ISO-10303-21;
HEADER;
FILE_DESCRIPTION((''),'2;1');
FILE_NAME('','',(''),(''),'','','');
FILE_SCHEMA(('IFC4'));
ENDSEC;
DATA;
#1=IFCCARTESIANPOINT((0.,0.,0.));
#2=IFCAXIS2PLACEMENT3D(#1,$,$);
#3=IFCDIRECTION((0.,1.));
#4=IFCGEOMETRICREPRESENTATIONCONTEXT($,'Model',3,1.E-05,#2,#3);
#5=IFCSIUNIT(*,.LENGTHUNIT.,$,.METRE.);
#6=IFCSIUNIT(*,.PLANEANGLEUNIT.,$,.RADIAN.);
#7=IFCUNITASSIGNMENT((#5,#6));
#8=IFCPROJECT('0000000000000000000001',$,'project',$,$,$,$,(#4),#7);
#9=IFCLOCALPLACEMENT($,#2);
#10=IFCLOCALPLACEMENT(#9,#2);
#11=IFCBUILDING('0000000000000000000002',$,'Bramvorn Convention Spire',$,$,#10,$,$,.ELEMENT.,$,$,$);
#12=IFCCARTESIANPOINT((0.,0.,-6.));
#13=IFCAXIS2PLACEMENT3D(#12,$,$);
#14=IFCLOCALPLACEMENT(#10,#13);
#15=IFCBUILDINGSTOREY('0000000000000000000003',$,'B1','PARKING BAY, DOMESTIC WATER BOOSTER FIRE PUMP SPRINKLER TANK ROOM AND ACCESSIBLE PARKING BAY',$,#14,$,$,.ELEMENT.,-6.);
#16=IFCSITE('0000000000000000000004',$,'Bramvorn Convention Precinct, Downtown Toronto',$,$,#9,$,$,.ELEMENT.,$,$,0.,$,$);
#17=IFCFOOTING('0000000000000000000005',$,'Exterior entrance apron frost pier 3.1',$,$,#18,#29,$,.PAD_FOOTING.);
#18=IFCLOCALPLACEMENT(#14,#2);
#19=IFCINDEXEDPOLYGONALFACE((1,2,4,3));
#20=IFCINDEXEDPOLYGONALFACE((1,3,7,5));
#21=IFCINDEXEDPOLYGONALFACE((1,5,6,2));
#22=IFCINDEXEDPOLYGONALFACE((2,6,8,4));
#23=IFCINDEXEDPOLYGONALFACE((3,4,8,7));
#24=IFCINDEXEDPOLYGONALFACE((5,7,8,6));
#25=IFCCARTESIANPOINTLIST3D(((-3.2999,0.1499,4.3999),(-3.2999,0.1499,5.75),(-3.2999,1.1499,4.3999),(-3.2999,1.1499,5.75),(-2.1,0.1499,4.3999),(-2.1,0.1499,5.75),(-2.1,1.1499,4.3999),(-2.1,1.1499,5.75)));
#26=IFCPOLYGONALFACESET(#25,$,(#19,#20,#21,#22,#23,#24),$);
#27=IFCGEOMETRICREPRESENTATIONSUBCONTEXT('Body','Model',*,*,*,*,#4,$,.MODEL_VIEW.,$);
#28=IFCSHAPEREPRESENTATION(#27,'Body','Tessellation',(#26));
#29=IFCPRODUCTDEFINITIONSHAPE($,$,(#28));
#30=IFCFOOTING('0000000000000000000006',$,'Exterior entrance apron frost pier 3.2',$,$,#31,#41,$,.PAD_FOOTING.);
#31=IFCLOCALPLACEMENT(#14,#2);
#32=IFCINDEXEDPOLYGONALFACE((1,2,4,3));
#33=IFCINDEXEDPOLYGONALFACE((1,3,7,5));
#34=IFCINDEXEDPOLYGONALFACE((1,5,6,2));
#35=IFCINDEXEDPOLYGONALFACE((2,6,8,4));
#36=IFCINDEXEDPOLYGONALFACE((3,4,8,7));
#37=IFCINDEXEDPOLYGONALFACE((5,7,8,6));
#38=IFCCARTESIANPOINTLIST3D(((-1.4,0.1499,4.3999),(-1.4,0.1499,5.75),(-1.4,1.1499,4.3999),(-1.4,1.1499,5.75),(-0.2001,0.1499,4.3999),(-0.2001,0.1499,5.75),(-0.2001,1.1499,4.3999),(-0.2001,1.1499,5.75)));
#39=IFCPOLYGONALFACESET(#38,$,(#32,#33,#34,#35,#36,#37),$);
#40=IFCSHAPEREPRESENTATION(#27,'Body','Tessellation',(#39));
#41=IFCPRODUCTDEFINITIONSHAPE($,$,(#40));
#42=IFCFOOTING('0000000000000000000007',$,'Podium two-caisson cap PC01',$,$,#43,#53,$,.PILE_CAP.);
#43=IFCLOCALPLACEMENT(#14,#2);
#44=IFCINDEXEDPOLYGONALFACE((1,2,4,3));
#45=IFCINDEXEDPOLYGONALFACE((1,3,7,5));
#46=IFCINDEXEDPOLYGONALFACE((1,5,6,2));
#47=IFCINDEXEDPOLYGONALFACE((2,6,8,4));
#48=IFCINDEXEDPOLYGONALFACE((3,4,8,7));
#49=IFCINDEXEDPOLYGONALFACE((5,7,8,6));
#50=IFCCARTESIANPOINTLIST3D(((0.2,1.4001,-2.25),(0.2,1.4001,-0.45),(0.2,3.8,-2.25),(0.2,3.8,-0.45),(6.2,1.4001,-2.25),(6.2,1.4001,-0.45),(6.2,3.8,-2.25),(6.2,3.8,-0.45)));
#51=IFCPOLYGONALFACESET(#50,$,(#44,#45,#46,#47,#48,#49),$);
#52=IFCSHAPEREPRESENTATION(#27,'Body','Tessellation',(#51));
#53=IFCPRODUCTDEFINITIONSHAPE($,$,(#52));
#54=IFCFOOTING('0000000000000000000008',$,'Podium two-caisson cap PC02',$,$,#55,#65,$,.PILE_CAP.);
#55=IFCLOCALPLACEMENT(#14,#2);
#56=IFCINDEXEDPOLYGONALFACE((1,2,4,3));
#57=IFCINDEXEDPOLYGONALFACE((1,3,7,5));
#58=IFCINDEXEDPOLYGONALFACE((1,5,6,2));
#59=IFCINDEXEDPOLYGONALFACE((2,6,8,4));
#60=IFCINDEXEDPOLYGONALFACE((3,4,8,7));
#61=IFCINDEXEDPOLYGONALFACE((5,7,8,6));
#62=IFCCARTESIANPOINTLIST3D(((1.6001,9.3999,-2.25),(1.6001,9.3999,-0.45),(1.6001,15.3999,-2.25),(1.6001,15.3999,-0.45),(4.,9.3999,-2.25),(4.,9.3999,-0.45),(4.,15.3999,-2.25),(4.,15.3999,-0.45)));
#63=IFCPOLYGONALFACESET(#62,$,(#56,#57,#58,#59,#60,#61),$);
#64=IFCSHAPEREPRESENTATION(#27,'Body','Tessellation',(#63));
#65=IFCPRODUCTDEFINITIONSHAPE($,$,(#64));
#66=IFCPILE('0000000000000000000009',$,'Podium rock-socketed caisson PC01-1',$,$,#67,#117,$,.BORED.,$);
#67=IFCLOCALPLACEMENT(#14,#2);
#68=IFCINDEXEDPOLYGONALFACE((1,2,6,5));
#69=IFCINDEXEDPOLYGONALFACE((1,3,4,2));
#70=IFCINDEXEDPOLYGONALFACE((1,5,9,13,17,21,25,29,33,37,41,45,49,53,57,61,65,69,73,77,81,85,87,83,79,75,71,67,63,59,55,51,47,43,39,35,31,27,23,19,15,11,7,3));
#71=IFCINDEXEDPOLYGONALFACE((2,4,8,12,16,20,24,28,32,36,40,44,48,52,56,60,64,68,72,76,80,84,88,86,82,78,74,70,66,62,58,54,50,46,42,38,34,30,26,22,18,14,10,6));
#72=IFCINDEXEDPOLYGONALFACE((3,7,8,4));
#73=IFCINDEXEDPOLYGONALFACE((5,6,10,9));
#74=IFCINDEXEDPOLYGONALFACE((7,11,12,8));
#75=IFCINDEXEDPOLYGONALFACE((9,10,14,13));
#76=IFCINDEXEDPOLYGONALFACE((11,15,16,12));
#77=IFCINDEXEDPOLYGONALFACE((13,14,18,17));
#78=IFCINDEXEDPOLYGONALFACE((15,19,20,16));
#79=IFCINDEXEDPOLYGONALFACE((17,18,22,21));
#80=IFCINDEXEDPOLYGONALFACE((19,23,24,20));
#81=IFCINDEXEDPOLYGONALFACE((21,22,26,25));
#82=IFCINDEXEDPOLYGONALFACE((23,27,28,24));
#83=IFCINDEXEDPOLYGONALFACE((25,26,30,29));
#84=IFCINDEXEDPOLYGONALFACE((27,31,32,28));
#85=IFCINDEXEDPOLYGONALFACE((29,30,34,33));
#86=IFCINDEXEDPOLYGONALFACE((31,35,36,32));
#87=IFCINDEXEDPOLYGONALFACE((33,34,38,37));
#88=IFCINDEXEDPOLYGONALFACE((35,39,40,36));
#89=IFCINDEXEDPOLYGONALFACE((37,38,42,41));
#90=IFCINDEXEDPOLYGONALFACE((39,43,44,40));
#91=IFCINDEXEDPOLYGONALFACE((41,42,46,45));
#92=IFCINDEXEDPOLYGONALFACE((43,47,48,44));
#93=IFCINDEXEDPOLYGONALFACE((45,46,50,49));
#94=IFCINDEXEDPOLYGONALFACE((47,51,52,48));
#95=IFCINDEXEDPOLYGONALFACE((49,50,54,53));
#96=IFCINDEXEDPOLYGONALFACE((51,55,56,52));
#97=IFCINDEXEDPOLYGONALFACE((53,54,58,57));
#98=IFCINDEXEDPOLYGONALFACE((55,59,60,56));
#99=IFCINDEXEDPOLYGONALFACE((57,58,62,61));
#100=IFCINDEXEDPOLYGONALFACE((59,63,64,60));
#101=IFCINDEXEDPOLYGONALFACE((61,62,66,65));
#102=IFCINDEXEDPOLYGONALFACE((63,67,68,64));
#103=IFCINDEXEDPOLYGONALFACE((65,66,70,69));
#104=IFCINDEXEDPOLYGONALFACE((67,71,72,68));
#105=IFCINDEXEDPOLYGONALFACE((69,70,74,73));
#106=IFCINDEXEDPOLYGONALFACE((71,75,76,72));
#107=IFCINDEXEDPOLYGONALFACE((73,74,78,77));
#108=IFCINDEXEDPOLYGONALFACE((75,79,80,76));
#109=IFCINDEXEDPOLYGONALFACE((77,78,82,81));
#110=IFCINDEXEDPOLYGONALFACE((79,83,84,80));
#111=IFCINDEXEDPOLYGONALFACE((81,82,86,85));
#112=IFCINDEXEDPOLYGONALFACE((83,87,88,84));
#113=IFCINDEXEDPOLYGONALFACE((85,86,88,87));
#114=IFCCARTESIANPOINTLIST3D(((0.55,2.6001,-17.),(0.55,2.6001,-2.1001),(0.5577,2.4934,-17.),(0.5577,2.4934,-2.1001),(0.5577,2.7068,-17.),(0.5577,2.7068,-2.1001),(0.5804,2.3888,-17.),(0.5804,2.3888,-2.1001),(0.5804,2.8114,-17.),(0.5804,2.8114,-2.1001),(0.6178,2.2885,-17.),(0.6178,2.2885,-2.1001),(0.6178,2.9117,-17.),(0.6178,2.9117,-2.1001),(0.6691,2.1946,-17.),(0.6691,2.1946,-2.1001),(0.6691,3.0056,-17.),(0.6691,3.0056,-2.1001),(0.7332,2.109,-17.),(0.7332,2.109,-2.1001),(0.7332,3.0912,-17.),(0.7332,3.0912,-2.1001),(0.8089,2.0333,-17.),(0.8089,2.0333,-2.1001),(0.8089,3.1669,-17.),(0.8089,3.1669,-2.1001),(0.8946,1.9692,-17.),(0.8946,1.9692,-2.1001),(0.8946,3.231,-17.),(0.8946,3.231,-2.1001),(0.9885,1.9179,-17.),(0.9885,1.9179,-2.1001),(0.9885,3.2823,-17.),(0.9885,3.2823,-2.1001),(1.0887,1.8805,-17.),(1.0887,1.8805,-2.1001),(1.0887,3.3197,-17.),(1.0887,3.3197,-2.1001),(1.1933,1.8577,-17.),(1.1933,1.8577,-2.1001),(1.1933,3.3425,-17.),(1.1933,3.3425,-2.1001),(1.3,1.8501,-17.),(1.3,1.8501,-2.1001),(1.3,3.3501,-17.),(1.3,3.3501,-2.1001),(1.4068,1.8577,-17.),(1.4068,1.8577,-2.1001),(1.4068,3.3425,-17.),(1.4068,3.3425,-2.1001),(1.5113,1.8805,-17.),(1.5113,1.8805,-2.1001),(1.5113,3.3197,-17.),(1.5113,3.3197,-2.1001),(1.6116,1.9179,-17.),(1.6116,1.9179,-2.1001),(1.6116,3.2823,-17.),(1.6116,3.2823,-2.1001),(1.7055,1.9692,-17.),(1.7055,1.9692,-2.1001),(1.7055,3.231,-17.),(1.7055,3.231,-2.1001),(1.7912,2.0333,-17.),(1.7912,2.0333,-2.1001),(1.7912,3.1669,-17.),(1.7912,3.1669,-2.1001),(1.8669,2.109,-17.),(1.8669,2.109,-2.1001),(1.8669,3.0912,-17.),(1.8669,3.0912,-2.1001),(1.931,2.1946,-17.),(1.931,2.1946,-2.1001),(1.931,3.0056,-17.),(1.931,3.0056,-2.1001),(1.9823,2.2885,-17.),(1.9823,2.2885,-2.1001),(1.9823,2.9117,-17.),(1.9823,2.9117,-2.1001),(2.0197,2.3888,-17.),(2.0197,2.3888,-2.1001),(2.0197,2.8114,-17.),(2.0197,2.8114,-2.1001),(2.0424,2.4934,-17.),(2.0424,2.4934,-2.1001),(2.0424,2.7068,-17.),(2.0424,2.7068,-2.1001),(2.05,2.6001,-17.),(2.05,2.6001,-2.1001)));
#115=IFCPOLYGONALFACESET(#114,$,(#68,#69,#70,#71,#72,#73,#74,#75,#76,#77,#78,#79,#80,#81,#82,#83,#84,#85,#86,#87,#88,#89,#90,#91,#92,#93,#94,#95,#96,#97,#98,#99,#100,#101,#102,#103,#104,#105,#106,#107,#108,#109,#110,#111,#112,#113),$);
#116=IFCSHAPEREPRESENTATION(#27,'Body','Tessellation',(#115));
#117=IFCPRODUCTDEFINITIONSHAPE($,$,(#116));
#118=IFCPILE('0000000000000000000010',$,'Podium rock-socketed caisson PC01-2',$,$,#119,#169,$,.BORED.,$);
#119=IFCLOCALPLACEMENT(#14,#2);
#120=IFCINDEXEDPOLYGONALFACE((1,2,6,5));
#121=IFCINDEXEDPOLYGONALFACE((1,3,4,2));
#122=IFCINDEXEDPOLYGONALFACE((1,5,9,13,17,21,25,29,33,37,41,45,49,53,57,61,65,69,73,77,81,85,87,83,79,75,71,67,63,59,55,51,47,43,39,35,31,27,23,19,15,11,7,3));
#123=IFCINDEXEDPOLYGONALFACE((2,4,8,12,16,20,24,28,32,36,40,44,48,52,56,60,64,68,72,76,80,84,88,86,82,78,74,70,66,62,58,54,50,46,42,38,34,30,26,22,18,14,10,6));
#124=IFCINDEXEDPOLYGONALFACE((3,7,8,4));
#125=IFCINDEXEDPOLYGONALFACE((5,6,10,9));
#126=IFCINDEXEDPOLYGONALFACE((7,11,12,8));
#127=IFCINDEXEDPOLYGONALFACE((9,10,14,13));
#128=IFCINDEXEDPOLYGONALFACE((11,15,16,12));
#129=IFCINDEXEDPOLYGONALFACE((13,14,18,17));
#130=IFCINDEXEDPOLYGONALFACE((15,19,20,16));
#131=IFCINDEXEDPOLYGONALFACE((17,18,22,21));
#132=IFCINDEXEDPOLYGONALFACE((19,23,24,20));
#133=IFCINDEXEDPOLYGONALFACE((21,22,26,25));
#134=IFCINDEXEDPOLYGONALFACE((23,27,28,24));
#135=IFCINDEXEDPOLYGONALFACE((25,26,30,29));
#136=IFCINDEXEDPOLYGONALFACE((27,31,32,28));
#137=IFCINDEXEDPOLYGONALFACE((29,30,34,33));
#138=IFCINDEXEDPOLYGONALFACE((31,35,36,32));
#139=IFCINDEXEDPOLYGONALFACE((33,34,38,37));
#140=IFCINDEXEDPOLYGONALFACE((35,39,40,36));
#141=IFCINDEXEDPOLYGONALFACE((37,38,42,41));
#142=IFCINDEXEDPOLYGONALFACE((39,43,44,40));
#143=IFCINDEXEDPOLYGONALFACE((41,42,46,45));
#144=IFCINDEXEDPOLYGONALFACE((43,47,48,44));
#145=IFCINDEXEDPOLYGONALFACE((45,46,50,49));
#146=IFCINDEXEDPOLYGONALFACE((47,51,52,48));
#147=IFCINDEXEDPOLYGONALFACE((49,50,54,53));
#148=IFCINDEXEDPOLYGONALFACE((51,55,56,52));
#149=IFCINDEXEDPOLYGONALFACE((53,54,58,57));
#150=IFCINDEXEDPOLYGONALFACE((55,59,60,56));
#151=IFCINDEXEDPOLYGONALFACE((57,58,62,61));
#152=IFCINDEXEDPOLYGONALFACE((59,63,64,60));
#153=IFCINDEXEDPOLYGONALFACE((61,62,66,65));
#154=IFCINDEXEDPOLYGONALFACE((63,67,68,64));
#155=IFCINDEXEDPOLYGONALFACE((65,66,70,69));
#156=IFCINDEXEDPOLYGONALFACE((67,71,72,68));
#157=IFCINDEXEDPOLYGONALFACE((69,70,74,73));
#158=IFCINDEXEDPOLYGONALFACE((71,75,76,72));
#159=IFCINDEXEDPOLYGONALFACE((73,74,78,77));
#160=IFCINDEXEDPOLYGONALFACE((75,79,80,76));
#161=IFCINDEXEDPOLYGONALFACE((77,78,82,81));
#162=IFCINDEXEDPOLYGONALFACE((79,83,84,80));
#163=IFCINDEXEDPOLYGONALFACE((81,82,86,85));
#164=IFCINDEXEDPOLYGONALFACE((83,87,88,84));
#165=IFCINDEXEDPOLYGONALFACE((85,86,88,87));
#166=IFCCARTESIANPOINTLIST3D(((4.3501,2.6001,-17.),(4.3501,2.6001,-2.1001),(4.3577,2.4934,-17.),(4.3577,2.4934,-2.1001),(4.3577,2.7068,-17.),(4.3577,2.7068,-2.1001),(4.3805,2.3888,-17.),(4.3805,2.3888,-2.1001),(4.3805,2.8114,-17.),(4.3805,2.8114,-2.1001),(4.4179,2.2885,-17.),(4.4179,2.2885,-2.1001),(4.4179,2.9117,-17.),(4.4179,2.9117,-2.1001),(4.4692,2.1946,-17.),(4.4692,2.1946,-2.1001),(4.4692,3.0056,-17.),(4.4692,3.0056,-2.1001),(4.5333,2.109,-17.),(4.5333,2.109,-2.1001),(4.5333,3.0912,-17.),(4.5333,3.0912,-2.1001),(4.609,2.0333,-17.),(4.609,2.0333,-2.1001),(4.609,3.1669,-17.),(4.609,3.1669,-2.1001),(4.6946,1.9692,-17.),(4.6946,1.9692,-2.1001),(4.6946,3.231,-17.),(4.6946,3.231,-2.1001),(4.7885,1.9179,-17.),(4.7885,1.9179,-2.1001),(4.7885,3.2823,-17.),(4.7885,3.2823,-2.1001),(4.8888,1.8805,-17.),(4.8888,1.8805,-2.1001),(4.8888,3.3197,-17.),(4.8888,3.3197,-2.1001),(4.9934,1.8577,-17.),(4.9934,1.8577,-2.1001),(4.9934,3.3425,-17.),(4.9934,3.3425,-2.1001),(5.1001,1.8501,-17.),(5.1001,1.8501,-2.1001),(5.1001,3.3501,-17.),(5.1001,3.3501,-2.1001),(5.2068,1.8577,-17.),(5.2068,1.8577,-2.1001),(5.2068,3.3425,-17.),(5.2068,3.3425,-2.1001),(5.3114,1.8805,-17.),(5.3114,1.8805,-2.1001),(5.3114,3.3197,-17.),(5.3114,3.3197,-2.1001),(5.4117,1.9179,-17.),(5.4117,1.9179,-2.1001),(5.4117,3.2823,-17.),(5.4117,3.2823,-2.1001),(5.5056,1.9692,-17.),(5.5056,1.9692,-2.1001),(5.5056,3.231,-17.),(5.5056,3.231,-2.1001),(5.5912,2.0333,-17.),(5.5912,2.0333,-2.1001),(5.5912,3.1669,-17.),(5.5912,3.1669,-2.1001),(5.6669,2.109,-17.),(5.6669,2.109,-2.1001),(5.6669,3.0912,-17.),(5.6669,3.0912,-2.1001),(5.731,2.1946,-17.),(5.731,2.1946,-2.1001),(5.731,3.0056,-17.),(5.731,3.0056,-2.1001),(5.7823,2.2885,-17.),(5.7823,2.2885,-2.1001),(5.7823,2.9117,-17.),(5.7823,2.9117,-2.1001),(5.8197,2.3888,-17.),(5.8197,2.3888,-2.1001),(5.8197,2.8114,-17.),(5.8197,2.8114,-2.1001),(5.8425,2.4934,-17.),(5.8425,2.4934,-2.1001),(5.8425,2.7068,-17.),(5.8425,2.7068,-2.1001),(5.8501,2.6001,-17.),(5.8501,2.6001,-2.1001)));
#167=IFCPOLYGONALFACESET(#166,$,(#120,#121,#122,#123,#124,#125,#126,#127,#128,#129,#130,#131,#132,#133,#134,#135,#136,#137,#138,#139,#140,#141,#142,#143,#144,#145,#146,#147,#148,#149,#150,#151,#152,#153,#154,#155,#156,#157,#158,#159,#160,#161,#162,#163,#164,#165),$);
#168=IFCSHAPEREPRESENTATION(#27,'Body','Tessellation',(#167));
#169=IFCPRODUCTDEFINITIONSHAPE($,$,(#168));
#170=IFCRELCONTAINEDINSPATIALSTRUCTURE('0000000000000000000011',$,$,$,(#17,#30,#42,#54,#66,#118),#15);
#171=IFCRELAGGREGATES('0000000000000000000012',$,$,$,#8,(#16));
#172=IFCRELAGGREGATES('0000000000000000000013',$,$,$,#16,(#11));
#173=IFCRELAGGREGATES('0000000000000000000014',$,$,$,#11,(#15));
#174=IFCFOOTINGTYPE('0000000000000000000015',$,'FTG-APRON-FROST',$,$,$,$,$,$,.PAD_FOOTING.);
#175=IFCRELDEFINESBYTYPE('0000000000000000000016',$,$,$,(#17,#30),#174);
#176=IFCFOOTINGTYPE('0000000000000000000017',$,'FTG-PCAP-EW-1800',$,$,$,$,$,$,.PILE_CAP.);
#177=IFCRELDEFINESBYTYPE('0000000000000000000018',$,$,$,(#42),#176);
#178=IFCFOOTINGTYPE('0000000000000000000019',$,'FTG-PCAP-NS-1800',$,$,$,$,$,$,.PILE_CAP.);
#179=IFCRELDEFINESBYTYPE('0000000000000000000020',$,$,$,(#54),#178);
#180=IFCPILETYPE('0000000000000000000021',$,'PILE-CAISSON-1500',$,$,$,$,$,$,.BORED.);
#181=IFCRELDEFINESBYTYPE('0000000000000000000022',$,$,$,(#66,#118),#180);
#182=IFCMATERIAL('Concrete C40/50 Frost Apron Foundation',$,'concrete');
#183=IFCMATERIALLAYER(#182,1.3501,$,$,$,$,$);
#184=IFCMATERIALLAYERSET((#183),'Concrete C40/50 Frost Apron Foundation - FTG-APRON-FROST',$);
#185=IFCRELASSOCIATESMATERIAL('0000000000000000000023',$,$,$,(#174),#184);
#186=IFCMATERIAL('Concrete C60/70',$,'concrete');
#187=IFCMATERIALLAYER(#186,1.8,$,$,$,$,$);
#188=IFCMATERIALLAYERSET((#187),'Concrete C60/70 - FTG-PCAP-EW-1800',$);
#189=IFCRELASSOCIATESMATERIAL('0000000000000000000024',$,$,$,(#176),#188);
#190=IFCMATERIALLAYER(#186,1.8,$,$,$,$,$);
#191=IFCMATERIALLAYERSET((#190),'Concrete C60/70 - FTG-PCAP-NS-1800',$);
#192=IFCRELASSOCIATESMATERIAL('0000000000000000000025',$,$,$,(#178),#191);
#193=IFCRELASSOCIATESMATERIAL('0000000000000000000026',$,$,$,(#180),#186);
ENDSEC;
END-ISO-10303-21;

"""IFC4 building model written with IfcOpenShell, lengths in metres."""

from ifc_helpers import new_model, si_unit, direction, frame, origin, origin_2d, place, context, subcontext, project, spatial, rectangle, circle, extrude, material, layer, layer_set, material_profile, profile_set, type_object, element, save


model = new_model("IFC4")

# Units and contexts
model_context = context("Model", 3, precision=1e-05, world=origin(), true_north=direction((0.0, 1.0)))
body_context = subcontext(model_context, "Body", "Model", "MODEL_VIEW")
ifc_project = project(units=[si_unit("LENGTHUNIT", "METRE"), si_unit("PLANEANGLEUNIT", "RADIAN")], contexts=[model_context])

# Site, building, storey
site_placement = place(None, origin())
site = spatial("IfcSite", under=ifc_project, at=site_placement, Name="Bramvorn Convention Precinct, Downtown Toronto", CompositionType="ELEMENT", RefElevation=0.0)
building_placement = place(site_placement, origin())
building = spatial("IfcBuilding", under=site, at=building_placement, Name="Bramvorn Convention Spire", CompositionType="ELEMENT")
storey_placement = place(building_placement, frame((0.0, 0.0, -6.0)))
storey = spatial("IfcBuildingStorey", under=building, at=storey_placement, Name="B1", Description="PARKING BAY, DOMESTIC WATER BOOSTER FIRE PUMP SPRINKLER TANK ROOM AND ACCESSIBLE PARKING BAY", CompositionType="ELEMENT", Elevation=-6.0)

# Footings
ifc_material_1 = material(Name="Concrete C40/50 Frost Apron Foundation", Category="concrete")
ifc_layer_1 = layer(ifc_material_1, 1.3501)
ifc_layer_set_1 = layer_set([ifc_layer_1], Name="Concrete C40/50 Frost Apron Foundation - FTG-APRON-FROST")
footing_type_1 = type_object("IfcFootingType", Name="FTG-APRON-FROST", PredefinedType="PAD_FOOTING", material=ifc_layer_set_1)
for number, where, z_axis, x_axis, name in (
    (1, (-2.7, 0.6499, 4.3999), (0.0, 0.0, 1.0), (1.0, 0.0, 0.0), "Exterior entrance apron frost pier 3.1"),
    (2, (-0.8, 0.6499, 4.3999), (0.0, 0.0, 1.0), (1.0, 0.0, 0.0), "Exterior entrance apron frost pier 3.2"),
):
    element("IfcFooting", number, at=place(storey_placement, frame(where, z_axis=z_axis, x_axis=x_axis)), inside=storey, type_object=footing_type_1, Name=name, PredefinedType="PAD_FOOTING", context=body_context, shape_type="SweptSolid", body=[
        extrude(rectangle(XDim=1.2, YDim=1.0, at=origin_2d()), origin(), (0.0, 0.0, 1.0), 1.3501),
    ])
ifc_material_2 = material(Name="Concrete C60/70", Category="concrete")
ifc_layer_2 = layer(ifc_material_2, 1.8)
ifc_layer_set_2 = layer_set([ifc_layer_2], Name="Concrete C60/70 - FTG-PCAP-EW-1800")
footing_type_2 = type_object("IfcFootingType", Name="FTG-PCAP-EW-1800", PredefinedType="PILE_CAP", material=ifc_layer_set_2)
footing_1_placement = place(storey_placement, frame((3.2, 2.6001, -2.25), z_axis=(0.0, 0.0, 1.0), x_axis=(1.0, 0.0, 0.0)))
element("IfcFooting", 3, at=footing_1_placement, inside=storey, type_object=footing_type_2, Name="Podium two-caisson cap PC01", PredefinedType="PILE_CAP", context=body_context, shape_type="SweptSolid", body=[
    extrude(rectangle(XDim=6.0, YDim=2.3999, at=origin_2d()), origin(), (0.0, 0.0, 1.0), 1.8),
])
ifc_layer_3 = layer(ifc_material_2, 1.8)
ifc_layer_set_3 = layer_set([ifc_layer_3], Name="Concrete C60/70 - FTG-PCAP-NS-1800")
footing_type_3 = type_object("IfcFootingType", Name="FTG-PCAP-NS-1800", PredefinedType="PILE_CAP", material=ifc_layer_set_3)
footing_2_placement = place(storey_placement, frame((2.8, 12.3999, -2.25), z_axis=(0.0, 0.0, 1.0), x_axis=(1.0, 0.0, 0.0)))
element("IfcFooting", 4, at=footing_2_placement, inside=storey, type_object=footing_type_3, Name="Podium two-caisson cap PC02", PredefinedType="PILE_CAP", context=body_context, shape_type="SweptSolid", body=[
    extrude(rectangle(XDim=2.3999, YDim=6.0, at=origin_2d()), origin(), (0.0, 0.0, 1.0), 1.8),
])

# Piles
ifc_material_profile_1 = material_profile(ifc_material_2, circle(Radius=0.75, at=origin_2d()))
ifc_profile_set_1 = profile_set([ifc_material_profile_1], Name="Concrete C60/70 - CAISSON1500")
pile_type = type_object("IfcPileType", Name="PILE-CAISSON-1500", PredefinedType="BORED", material=ifc_profile_set_1)
for number, where, z_axis, x_axis, name in (
    (5, (1.3, 2.6001, -2.1001), (0.0, 0.0, -1.0), (1.0, 0.0, 0.0), "Podium rock-socketed caisson PC01-1"),
    (6, (5.1001, 2.6001, -2.1001), (0.0, 0.0, -1.0), (1.0, 0.0, 0.0), "Podium rock-socketed caisson PC01-2"),
):
    element("IfcPile", number, at=place(storey_placement, frame(where, z_axis=z_axis, x_axis=x_axis)), inside=storey, type_object=pile_type, Name=name, PredefinedType="BORED", context=body_context, shape_type="SweptSolid", body=[
        extrude(circle(Radius=0.75, at=origin_2d()), origin(), (0.0, 0.0, 1.0), 14.8999),
    ])

save(model, "model.ifc")
